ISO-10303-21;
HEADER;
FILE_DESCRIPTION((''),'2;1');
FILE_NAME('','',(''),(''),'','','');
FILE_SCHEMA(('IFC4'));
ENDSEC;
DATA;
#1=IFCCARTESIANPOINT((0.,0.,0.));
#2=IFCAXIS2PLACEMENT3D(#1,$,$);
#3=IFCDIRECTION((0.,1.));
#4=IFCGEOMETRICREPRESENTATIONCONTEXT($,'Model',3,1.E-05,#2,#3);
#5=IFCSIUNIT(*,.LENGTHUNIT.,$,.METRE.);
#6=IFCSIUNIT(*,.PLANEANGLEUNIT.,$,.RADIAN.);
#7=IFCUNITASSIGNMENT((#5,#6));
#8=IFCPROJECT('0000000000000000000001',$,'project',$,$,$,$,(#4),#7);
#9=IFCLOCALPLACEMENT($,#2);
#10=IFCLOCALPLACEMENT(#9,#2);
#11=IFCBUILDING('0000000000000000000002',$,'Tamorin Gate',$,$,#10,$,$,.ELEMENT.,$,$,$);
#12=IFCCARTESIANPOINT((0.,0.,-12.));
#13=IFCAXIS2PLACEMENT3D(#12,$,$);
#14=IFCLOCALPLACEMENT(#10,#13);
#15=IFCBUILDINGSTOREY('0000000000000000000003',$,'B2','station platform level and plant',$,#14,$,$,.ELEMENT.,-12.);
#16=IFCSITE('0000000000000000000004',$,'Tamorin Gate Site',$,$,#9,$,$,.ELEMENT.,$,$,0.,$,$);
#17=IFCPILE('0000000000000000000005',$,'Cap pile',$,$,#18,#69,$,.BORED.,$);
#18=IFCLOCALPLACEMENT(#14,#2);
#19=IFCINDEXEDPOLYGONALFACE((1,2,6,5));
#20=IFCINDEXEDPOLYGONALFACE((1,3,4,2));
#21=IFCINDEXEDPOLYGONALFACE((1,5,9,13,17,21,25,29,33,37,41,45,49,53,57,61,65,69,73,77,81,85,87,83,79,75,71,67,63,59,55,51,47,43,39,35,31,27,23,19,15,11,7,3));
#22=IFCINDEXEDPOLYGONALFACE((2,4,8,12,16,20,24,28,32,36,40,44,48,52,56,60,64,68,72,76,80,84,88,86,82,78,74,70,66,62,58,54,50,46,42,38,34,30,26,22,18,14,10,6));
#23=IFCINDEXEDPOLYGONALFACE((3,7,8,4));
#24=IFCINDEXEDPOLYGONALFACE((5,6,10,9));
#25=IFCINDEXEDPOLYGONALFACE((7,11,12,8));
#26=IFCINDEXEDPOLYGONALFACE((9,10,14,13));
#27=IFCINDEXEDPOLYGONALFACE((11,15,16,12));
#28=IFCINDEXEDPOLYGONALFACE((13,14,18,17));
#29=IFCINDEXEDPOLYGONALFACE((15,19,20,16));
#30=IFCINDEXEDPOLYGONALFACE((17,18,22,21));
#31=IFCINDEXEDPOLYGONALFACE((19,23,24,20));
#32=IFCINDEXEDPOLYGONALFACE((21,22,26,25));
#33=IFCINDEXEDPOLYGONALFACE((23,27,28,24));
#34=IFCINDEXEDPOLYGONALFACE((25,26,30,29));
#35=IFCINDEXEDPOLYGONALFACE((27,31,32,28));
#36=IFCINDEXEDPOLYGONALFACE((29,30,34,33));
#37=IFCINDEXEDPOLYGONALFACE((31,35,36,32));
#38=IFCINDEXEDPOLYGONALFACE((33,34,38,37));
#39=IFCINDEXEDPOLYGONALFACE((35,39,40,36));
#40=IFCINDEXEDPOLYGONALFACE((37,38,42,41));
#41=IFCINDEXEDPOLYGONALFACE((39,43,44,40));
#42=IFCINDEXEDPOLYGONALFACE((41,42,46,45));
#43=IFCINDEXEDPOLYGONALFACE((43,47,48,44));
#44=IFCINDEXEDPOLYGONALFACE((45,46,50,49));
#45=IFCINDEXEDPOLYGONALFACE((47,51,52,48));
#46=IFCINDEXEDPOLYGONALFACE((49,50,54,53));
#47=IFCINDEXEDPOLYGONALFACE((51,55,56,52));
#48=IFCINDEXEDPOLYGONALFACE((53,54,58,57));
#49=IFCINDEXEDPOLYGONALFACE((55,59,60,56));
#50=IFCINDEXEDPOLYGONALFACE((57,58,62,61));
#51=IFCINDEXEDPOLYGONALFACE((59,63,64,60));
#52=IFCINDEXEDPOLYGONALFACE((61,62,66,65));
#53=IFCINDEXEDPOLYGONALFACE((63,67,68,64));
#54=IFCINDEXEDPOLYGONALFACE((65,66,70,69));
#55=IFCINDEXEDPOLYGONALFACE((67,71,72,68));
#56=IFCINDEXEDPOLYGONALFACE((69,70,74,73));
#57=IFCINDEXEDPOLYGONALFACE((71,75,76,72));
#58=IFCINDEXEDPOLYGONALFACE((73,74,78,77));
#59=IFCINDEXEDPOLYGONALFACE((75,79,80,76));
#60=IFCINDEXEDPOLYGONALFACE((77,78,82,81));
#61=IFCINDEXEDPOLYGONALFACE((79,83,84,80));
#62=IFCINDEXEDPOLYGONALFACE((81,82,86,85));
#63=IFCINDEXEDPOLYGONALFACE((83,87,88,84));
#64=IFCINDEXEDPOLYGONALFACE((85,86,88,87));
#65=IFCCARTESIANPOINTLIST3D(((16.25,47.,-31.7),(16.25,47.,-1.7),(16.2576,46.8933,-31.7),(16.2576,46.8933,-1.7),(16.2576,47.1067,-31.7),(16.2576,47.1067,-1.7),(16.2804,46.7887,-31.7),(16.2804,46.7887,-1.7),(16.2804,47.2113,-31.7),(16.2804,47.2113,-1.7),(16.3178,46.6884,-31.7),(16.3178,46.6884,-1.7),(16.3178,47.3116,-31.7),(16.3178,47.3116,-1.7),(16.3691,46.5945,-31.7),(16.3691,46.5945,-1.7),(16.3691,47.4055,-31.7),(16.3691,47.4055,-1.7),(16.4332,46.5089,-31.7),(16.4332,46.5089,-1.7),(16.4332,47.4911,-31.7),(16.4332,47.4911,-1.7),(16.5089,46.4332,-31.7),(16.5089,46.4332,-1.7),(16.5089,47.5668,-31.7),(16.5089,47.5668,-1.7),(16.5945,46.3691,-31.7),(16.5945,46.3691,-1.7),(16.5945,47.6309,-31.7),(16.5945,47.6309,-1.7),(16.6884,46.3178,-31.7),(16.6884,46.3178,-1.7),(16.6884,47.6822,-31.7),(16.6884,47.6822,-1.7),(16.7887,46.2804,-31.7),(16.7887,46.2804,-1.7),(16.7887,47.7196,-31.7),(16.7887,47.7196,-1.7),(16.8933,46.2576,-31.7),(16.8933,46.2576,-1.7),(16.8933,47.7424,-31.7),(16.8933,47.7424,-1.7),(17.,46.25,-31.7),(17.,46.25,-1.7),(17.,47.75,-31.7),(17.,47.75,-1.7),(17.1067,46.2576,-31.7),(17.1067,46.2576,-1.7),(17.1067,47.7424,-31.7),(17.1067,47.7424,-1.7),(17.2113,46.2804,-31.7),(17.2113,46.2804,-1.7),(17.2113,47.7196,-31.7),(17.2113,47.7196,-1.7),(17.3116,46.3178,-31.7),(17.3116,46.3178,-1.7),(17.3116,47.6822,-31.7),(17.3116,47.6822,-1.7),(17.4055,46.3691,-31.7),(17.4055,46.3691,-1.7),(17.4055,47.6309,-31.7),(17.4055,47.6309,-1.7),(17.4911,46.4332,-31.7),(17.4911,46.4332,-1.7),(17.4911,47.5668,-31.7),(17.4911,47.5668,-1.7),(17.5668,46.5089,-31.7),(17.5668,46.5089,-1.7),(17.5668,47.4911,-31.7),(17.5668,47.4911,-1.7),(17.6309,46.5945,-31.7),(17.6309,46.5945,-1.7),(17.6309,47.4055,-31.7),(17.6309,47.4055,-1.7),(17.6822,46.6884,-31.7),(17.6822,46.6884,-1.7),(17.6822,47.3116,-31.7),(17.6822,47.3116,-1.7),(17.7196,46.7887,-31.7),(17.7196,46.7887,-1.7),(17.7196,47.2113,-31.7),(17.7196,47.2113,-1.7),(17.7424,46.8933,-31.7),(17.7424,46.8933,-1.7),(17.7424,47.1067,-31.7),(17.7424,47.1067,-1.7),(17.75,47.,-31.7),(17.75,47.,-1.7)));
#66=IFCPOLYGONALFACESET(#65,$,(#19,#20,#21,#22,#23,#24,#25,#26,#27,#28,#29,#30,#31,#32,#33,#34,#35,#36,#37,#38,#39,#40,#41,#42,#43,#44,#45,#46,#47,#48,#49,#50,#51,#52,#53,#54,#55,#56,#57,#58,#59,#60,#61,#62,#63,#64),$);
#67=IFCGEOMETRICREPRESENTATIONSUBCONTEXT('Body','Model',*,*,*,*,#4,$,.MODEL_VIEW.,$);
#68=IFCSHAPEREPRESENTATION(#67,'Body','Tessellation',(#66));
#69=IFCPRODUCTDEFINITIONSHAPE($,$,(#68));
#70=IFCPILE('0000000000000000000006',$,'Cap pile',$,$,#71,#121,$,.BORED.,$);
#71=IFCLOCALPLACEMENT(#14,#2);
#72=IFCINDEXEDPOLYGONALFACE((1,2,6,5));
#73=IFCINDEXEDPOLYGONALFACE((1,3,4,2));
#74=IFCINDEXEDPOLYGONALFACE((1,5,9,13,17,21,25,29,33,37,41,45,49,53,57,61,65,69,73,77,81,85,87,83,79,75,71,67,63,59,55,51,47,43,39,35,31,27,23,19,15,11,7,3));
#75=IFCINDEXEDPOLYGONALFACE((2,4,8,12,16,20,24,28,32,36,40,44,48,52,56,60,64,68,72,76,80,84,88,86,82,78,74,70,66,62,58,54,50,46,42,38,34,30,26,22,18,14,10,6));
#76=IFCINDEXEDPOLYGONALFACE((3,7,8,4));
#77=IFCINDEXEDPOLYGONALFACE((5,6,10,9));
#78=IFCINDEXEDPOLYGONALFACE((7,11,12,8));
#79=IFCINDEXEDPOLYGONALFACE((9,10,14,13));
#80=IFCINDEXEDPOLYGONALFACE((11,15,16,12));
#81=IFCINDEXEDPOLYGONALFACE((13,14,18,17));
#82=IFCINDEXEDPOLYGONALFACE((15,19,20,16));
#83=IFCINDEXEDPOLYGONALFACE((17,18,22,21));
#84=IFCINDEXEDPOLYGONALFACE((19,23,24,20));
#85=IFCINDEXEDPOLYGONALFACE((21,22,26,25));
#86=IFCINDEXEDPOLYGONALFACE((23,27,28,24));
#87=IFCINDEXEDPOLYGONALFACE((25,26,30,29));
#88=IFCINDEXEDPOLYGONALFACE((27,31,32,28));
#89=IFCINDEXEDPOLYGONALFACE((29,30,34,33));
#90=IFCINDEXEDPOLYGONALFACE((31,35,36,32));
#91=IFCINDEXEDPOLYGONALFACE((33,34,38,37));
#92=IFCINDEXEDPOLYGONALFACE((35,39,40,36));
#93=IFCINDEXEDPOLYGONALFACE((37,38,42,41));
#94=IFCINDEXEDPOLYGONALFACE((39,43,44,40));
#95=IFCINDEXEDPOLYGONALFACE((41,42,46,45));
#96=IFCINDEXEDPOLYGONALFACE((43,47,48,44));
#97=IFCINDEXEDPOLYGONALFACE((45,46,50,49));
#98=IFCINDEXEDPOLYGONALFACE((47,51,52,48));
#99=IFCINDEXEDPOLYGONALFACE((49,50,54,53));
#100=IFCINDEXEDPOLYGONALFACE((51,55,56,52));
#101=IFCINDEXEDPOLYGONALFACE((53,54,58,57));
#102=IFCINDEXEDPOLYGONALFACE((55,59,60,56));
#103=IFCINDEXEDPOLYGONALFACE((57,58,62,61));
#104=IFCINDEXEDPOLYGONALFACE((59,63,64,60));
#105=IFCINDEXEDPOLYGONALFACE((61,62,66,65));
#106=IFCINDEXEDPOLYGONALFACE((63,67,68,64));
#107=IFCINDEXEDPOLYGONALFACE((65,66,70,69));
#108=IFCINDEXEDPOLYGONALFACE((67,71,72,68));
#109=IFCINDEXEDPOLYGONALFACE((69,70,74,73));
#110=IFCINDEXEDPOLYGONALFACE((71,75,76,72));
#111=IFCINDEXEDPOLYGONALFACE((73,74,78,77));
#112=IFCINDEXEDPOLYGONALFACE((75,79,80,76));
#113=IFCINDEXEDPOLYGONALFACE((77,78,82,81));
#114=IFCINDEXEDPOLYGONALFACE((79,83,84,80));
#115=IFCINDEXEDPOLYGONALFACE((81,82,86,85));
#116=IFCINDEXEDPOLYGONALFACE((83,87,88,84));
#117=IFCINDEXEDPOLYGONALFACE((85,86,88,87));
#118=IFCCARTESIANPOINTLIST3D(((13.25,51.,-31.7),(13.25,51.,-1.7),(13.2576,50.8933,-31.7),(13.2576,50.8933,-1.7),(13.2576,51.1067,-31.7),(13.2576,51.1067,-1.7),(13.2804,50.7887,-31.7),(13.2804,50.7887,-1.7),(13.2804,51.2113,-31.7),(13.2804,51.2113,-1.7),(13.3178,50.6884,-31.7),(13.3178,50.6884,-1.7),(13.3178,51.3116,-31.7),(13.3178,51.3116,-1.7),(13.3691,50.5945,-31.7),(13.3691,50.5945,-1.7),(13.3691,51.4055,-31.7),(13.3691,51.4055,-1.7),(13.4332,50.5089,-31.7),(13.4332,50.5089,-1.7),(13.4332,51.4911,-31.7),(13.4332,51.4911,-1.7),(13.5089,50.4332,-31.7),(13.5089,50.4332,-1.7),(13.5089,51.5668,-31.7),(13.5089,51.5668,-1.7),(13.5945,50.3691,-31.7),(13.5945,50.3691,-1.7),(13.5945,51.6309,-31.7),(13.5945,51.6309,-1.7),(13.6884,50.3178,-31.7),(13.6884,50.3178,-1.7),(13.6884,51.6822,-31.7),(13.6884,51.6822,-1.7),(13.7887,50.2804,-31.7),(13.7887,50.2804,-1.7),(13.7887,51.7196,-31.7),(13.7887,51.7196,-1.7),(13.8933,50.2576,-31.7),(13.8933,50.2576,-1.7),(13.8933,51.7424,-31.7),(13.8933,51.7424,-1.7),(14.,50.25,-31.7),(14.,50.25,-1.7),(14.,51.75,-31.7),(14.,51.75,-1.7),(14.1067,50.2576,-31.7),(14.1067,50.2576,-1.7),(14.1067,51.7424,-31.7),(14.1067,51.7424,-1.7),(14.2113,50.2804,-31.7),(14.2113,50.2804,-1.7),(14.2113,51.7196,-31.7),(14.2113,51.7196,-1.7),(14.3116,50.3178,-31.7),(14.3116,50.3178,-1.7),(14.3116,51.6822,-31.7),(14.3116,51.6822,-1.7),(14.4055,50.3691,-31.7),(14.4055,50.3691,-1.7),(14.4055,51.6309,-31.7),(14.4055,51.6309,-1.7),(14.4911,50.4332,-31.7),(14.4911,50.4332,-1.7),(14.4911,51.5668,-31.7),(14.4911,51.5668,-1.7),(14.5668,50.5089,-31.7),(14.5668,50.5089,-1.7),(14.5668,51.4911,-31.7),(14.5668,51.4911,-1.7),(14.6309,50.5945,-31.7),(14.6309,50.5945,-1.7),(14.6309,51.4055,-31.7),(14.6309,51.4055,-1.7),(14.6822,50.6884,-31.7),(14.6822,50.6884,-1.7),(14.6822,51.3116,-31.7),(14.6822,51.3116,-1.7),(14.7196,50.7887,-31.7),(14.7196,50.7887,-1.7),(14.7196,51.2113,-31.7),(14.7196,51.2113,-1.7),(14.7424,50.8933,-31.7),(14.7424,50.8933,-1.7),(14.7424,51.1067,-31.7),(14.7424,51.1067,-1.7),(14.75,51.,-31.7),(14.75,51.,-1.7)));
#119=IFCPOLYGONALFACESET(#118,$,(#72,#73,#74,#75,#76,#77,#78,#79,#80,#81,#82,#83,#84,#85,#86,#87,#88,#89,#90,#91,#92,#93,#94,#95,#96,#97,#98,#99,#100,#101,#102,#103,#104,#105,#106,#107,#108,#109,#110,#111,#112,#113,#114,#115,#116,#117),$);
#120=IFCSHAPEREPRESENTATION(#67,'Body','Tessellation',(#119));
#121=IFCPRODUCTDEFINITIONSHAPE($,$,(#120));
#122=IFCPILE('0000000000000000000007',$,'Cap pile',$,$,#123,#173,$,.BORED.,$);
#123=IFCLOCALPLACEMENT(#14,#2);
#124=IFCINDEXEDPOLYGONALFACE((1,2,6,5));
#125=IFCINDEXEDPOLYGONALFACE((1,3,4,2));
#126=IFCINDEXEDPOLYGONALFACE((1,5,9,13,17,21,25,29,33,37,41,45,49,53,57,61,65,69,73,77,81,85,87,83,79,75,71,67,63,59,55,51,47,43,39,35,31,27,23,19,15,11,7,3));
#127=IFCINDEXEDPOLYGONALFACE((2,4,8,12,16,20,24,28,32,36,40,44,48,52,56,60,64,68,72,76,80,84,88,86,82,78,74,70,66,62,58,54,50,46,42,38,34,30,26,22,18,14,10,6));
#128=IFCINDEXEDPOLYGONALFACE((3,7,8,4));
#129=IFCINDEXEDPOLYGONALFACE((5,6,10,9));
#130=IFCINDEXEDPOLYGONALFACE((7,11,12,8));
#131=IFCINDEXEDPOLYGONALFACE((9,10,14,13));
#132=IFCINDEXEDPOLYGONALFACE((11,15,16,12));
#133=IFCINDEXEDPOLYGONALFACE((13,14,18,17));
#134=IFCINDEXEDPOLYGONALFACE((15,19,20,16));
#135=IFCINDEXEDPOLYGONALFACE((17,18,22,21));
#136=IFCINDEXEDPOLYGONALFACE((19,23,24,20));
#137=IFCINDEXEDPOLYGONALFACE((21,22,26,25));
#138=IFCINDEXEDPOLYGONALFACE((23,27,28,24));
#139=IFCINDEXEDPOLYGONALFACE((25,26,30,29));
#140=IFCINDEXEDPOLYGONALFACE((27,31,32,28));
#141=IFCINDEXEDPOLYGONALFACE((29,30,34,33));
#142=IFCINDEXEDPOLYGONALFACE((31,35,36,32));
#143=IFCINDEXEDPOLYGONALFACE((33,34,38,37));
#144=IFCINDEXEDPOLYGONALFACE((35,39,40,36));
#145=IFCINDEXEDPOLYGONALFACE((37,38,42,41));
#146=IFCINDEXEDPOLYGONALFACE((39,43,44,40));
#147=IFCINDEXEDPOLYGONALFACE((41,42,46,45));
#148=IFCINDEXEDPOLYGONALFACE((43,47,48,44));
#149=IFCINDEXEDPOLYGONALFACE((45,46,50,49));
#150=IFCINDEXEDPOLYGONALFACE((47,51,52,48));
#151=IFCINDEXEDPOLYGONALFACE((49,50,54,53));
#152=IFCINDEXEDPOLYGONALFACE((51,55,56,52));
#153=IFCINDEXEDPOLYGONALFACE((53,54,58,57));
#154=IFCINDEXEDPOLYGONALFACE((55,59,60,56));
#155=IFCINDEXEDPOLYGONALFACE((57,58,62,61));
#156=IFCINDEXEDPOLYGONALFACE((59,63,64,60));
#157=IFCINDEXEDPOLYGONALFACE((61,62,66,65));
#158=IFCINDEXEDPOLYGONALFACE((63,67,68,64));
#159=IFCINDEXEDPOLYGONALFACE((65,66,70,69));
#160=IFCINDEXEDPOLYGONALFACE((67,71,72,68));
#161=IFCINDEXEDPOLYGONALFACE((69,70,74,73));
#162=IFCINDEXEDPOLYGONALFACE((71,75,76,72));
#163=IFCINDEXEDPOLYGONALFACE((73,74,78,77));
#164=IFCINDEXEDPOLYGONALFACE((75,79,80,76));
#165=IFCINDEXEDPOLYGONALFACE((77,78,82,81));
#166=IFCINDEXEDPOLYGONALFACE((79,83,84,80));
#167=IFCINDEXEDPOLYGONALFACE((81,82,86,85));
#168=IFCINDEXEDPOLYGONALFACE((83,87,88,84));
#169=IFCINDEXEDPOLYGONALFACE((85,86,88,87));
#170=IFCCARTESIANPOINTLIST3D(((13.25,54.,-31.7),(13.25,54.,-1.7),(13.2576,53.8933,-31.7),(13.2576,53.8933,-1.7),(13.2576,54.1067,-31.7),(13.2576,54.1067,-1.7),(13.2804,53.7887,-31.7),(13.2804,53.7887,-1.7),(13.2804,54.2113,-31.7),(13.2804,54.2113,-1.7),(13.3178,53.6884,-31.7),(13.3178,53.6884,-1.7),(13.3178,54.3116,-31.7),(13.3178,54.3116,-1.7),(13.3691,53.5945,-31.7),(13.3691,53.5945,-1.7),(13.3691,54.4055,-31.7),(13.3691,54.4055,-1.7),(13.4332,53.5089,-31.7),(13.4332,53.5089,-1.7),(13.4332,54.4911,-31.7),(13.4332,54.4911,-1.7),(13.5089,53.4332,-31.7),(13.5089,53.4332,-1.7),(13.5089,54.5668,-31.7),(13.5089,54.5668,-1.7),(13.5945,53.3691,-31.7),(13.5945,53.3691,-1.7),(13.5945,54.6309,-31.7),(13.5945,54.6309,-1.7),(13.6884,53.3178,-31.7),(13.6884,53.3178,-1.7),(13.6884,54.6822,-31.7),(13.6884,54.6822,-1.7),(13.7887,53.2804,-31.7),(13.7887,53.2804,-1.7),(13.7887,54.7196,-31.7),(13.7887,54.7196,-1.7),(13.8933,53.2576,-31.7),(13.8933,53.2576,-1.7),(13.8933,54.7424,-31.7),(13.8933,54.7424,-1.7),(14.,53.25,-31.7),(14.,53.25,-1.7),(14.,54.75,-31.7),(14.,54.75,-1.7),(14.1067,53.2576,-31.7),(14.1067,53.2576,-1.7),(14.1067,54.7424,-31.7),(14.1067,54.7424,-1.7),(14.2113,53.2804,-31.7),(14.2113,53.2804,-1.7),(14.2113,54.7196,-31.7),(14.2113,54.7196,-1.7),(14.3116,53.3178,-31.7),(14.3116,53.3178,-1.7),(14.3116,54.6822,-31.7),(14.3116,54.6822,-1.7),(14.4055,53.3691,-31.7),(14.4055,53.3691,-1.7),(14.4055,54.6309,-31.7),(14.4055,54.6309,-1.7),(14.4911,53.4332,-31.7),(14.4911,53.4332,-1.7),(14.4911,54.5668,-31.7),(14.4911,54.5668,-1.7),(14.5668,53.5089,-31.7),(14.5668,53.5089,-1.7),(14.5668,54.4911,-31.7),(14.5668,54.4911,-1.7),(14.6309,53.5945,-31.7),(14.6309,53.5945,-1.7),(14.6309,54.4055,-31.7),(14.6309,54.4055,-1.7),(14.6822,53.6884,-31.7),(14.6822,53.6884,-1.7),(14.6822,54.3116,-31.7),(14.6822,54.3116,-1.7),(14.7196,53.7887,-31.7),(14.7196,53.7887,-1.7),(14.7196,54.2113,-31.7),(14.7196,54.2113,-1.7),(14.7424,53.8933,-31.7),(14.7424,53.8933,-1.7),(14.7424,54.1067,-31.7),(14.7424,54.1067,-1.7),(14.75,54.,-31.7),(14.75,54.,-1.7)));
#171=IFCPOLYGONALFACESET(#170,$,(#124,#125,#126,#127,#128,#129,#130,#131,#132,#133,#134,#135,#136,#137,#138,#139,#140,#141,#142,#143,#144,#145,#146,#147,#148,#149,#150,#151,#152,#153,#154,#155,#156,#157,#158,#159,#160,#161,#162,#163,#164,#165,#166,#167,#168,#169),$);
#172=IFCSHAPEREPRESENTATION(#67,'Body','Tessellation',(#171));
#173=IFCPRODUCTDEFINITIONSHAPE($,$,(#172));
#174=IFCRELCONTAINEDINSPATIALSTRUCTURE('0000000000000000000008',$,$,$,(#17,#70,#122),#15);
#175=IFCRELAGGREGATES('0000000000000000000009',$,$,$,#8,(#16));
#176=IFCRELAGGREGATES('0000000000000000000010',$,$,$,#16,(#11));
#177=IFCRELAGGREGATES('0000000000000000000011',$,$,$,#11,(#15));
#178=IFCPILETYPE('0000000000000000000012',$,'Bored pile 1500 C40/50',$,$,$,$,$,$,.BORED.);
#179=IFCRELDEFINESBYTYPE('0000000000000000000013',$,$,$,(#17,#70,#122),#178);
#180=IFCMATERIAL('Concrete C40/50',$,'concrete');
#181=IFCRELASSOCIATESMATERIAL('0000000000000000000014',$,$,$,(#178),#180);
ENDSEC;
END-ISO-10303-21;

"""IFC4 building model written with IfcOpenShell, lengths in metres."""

from ifc_helpers import new_model, si_unit, direction, frame, origin, origin_2d, place, context, subcontext, project, spatial, circle, extrude, material, material_profile, profile_set, type_object, element, save


model = new_model("IFC4")

# Units and contexts
model_context = context("Model", 3, precision=1e-05, world=origin(), true_north=direction((0.0, 1.0)))
body_context = subcontext(model_context, "Body", "Model", "MODEL_VIEW")
ifc_project = project(units=[si_unit("LENGTHUNIT", "METRE"), si_unit("PLANEANGLEUNIT", "RADIAN")], contexts=[model_context])

# Site, building, storey
site_placement = place(None, origin())
site = spatial("IfcSite", under=ifc_project, at=site_placement, Name="Tamorin Gate Site", CompositionType="ELEMENT", RefElevation=0.0)
building_placement = place(site_placement, origin())
building = spatial("IfcBuilding", under=site, at=building_placement, Name="Tamorin Gate", CompositionType="ELEMENT")
storey_placement = place(building_placement, frame((0.0, 0.0, -12.0)))
storey = spatial("IfcBuildingStorey", under=building, at=storey_placement, Name="B2", Description="station platform level and plant", CompositionType="ELEMENT", Elevation=-12.0)

# Piles
ifc_material_1 = material(Name="Concrete C40/50", Category="concrete")
ifc_material_profile_1 = material_profile(ifc_material_1, circle(Radius=0.75, at=origin_2d()))
ifc_profile_set_1 = profile_set([ifc_material_profile_1], Name="Concrete C40/50")
pile_type = type_object("IfcPileType", Name="Bored pile 1500 C40/50", PredefinedType="BORED", material=ifc_profile_set_1)
for number, where, z_axis, x_axis, name in (
    (1, (17.0, 47.0, -1.7), (0.0, 0.0, -1.0), (1.0, 0.0, 0.0), "Cap pile"),
    (2, (14.0, 51.0, -1.7), (0.0, 0.0, -1.0), (1.0, 0.0, 0.0), "Cap pile"),
    (3, (14.0, 54.0, -1.7), (0.0, 0.0, -1.0), (1.0, 0.0, 0.0), "Cap pile"),
):
    element("IfcPile", number, at=place(storey_placement, frame(where, z_axis=z_axis, x_axis=x_axis)), inside=storey, type_object=pile_type, Name=name, PredefinedType="BORED", context=body_context, shape_type="SweptSolid", body=[
        extrude(circle(Radius=0.75, at=origin_2d()), origin(), (0.0, 0.0, 1.0), 30.0),
    ])

save(model, "model.ifc")
